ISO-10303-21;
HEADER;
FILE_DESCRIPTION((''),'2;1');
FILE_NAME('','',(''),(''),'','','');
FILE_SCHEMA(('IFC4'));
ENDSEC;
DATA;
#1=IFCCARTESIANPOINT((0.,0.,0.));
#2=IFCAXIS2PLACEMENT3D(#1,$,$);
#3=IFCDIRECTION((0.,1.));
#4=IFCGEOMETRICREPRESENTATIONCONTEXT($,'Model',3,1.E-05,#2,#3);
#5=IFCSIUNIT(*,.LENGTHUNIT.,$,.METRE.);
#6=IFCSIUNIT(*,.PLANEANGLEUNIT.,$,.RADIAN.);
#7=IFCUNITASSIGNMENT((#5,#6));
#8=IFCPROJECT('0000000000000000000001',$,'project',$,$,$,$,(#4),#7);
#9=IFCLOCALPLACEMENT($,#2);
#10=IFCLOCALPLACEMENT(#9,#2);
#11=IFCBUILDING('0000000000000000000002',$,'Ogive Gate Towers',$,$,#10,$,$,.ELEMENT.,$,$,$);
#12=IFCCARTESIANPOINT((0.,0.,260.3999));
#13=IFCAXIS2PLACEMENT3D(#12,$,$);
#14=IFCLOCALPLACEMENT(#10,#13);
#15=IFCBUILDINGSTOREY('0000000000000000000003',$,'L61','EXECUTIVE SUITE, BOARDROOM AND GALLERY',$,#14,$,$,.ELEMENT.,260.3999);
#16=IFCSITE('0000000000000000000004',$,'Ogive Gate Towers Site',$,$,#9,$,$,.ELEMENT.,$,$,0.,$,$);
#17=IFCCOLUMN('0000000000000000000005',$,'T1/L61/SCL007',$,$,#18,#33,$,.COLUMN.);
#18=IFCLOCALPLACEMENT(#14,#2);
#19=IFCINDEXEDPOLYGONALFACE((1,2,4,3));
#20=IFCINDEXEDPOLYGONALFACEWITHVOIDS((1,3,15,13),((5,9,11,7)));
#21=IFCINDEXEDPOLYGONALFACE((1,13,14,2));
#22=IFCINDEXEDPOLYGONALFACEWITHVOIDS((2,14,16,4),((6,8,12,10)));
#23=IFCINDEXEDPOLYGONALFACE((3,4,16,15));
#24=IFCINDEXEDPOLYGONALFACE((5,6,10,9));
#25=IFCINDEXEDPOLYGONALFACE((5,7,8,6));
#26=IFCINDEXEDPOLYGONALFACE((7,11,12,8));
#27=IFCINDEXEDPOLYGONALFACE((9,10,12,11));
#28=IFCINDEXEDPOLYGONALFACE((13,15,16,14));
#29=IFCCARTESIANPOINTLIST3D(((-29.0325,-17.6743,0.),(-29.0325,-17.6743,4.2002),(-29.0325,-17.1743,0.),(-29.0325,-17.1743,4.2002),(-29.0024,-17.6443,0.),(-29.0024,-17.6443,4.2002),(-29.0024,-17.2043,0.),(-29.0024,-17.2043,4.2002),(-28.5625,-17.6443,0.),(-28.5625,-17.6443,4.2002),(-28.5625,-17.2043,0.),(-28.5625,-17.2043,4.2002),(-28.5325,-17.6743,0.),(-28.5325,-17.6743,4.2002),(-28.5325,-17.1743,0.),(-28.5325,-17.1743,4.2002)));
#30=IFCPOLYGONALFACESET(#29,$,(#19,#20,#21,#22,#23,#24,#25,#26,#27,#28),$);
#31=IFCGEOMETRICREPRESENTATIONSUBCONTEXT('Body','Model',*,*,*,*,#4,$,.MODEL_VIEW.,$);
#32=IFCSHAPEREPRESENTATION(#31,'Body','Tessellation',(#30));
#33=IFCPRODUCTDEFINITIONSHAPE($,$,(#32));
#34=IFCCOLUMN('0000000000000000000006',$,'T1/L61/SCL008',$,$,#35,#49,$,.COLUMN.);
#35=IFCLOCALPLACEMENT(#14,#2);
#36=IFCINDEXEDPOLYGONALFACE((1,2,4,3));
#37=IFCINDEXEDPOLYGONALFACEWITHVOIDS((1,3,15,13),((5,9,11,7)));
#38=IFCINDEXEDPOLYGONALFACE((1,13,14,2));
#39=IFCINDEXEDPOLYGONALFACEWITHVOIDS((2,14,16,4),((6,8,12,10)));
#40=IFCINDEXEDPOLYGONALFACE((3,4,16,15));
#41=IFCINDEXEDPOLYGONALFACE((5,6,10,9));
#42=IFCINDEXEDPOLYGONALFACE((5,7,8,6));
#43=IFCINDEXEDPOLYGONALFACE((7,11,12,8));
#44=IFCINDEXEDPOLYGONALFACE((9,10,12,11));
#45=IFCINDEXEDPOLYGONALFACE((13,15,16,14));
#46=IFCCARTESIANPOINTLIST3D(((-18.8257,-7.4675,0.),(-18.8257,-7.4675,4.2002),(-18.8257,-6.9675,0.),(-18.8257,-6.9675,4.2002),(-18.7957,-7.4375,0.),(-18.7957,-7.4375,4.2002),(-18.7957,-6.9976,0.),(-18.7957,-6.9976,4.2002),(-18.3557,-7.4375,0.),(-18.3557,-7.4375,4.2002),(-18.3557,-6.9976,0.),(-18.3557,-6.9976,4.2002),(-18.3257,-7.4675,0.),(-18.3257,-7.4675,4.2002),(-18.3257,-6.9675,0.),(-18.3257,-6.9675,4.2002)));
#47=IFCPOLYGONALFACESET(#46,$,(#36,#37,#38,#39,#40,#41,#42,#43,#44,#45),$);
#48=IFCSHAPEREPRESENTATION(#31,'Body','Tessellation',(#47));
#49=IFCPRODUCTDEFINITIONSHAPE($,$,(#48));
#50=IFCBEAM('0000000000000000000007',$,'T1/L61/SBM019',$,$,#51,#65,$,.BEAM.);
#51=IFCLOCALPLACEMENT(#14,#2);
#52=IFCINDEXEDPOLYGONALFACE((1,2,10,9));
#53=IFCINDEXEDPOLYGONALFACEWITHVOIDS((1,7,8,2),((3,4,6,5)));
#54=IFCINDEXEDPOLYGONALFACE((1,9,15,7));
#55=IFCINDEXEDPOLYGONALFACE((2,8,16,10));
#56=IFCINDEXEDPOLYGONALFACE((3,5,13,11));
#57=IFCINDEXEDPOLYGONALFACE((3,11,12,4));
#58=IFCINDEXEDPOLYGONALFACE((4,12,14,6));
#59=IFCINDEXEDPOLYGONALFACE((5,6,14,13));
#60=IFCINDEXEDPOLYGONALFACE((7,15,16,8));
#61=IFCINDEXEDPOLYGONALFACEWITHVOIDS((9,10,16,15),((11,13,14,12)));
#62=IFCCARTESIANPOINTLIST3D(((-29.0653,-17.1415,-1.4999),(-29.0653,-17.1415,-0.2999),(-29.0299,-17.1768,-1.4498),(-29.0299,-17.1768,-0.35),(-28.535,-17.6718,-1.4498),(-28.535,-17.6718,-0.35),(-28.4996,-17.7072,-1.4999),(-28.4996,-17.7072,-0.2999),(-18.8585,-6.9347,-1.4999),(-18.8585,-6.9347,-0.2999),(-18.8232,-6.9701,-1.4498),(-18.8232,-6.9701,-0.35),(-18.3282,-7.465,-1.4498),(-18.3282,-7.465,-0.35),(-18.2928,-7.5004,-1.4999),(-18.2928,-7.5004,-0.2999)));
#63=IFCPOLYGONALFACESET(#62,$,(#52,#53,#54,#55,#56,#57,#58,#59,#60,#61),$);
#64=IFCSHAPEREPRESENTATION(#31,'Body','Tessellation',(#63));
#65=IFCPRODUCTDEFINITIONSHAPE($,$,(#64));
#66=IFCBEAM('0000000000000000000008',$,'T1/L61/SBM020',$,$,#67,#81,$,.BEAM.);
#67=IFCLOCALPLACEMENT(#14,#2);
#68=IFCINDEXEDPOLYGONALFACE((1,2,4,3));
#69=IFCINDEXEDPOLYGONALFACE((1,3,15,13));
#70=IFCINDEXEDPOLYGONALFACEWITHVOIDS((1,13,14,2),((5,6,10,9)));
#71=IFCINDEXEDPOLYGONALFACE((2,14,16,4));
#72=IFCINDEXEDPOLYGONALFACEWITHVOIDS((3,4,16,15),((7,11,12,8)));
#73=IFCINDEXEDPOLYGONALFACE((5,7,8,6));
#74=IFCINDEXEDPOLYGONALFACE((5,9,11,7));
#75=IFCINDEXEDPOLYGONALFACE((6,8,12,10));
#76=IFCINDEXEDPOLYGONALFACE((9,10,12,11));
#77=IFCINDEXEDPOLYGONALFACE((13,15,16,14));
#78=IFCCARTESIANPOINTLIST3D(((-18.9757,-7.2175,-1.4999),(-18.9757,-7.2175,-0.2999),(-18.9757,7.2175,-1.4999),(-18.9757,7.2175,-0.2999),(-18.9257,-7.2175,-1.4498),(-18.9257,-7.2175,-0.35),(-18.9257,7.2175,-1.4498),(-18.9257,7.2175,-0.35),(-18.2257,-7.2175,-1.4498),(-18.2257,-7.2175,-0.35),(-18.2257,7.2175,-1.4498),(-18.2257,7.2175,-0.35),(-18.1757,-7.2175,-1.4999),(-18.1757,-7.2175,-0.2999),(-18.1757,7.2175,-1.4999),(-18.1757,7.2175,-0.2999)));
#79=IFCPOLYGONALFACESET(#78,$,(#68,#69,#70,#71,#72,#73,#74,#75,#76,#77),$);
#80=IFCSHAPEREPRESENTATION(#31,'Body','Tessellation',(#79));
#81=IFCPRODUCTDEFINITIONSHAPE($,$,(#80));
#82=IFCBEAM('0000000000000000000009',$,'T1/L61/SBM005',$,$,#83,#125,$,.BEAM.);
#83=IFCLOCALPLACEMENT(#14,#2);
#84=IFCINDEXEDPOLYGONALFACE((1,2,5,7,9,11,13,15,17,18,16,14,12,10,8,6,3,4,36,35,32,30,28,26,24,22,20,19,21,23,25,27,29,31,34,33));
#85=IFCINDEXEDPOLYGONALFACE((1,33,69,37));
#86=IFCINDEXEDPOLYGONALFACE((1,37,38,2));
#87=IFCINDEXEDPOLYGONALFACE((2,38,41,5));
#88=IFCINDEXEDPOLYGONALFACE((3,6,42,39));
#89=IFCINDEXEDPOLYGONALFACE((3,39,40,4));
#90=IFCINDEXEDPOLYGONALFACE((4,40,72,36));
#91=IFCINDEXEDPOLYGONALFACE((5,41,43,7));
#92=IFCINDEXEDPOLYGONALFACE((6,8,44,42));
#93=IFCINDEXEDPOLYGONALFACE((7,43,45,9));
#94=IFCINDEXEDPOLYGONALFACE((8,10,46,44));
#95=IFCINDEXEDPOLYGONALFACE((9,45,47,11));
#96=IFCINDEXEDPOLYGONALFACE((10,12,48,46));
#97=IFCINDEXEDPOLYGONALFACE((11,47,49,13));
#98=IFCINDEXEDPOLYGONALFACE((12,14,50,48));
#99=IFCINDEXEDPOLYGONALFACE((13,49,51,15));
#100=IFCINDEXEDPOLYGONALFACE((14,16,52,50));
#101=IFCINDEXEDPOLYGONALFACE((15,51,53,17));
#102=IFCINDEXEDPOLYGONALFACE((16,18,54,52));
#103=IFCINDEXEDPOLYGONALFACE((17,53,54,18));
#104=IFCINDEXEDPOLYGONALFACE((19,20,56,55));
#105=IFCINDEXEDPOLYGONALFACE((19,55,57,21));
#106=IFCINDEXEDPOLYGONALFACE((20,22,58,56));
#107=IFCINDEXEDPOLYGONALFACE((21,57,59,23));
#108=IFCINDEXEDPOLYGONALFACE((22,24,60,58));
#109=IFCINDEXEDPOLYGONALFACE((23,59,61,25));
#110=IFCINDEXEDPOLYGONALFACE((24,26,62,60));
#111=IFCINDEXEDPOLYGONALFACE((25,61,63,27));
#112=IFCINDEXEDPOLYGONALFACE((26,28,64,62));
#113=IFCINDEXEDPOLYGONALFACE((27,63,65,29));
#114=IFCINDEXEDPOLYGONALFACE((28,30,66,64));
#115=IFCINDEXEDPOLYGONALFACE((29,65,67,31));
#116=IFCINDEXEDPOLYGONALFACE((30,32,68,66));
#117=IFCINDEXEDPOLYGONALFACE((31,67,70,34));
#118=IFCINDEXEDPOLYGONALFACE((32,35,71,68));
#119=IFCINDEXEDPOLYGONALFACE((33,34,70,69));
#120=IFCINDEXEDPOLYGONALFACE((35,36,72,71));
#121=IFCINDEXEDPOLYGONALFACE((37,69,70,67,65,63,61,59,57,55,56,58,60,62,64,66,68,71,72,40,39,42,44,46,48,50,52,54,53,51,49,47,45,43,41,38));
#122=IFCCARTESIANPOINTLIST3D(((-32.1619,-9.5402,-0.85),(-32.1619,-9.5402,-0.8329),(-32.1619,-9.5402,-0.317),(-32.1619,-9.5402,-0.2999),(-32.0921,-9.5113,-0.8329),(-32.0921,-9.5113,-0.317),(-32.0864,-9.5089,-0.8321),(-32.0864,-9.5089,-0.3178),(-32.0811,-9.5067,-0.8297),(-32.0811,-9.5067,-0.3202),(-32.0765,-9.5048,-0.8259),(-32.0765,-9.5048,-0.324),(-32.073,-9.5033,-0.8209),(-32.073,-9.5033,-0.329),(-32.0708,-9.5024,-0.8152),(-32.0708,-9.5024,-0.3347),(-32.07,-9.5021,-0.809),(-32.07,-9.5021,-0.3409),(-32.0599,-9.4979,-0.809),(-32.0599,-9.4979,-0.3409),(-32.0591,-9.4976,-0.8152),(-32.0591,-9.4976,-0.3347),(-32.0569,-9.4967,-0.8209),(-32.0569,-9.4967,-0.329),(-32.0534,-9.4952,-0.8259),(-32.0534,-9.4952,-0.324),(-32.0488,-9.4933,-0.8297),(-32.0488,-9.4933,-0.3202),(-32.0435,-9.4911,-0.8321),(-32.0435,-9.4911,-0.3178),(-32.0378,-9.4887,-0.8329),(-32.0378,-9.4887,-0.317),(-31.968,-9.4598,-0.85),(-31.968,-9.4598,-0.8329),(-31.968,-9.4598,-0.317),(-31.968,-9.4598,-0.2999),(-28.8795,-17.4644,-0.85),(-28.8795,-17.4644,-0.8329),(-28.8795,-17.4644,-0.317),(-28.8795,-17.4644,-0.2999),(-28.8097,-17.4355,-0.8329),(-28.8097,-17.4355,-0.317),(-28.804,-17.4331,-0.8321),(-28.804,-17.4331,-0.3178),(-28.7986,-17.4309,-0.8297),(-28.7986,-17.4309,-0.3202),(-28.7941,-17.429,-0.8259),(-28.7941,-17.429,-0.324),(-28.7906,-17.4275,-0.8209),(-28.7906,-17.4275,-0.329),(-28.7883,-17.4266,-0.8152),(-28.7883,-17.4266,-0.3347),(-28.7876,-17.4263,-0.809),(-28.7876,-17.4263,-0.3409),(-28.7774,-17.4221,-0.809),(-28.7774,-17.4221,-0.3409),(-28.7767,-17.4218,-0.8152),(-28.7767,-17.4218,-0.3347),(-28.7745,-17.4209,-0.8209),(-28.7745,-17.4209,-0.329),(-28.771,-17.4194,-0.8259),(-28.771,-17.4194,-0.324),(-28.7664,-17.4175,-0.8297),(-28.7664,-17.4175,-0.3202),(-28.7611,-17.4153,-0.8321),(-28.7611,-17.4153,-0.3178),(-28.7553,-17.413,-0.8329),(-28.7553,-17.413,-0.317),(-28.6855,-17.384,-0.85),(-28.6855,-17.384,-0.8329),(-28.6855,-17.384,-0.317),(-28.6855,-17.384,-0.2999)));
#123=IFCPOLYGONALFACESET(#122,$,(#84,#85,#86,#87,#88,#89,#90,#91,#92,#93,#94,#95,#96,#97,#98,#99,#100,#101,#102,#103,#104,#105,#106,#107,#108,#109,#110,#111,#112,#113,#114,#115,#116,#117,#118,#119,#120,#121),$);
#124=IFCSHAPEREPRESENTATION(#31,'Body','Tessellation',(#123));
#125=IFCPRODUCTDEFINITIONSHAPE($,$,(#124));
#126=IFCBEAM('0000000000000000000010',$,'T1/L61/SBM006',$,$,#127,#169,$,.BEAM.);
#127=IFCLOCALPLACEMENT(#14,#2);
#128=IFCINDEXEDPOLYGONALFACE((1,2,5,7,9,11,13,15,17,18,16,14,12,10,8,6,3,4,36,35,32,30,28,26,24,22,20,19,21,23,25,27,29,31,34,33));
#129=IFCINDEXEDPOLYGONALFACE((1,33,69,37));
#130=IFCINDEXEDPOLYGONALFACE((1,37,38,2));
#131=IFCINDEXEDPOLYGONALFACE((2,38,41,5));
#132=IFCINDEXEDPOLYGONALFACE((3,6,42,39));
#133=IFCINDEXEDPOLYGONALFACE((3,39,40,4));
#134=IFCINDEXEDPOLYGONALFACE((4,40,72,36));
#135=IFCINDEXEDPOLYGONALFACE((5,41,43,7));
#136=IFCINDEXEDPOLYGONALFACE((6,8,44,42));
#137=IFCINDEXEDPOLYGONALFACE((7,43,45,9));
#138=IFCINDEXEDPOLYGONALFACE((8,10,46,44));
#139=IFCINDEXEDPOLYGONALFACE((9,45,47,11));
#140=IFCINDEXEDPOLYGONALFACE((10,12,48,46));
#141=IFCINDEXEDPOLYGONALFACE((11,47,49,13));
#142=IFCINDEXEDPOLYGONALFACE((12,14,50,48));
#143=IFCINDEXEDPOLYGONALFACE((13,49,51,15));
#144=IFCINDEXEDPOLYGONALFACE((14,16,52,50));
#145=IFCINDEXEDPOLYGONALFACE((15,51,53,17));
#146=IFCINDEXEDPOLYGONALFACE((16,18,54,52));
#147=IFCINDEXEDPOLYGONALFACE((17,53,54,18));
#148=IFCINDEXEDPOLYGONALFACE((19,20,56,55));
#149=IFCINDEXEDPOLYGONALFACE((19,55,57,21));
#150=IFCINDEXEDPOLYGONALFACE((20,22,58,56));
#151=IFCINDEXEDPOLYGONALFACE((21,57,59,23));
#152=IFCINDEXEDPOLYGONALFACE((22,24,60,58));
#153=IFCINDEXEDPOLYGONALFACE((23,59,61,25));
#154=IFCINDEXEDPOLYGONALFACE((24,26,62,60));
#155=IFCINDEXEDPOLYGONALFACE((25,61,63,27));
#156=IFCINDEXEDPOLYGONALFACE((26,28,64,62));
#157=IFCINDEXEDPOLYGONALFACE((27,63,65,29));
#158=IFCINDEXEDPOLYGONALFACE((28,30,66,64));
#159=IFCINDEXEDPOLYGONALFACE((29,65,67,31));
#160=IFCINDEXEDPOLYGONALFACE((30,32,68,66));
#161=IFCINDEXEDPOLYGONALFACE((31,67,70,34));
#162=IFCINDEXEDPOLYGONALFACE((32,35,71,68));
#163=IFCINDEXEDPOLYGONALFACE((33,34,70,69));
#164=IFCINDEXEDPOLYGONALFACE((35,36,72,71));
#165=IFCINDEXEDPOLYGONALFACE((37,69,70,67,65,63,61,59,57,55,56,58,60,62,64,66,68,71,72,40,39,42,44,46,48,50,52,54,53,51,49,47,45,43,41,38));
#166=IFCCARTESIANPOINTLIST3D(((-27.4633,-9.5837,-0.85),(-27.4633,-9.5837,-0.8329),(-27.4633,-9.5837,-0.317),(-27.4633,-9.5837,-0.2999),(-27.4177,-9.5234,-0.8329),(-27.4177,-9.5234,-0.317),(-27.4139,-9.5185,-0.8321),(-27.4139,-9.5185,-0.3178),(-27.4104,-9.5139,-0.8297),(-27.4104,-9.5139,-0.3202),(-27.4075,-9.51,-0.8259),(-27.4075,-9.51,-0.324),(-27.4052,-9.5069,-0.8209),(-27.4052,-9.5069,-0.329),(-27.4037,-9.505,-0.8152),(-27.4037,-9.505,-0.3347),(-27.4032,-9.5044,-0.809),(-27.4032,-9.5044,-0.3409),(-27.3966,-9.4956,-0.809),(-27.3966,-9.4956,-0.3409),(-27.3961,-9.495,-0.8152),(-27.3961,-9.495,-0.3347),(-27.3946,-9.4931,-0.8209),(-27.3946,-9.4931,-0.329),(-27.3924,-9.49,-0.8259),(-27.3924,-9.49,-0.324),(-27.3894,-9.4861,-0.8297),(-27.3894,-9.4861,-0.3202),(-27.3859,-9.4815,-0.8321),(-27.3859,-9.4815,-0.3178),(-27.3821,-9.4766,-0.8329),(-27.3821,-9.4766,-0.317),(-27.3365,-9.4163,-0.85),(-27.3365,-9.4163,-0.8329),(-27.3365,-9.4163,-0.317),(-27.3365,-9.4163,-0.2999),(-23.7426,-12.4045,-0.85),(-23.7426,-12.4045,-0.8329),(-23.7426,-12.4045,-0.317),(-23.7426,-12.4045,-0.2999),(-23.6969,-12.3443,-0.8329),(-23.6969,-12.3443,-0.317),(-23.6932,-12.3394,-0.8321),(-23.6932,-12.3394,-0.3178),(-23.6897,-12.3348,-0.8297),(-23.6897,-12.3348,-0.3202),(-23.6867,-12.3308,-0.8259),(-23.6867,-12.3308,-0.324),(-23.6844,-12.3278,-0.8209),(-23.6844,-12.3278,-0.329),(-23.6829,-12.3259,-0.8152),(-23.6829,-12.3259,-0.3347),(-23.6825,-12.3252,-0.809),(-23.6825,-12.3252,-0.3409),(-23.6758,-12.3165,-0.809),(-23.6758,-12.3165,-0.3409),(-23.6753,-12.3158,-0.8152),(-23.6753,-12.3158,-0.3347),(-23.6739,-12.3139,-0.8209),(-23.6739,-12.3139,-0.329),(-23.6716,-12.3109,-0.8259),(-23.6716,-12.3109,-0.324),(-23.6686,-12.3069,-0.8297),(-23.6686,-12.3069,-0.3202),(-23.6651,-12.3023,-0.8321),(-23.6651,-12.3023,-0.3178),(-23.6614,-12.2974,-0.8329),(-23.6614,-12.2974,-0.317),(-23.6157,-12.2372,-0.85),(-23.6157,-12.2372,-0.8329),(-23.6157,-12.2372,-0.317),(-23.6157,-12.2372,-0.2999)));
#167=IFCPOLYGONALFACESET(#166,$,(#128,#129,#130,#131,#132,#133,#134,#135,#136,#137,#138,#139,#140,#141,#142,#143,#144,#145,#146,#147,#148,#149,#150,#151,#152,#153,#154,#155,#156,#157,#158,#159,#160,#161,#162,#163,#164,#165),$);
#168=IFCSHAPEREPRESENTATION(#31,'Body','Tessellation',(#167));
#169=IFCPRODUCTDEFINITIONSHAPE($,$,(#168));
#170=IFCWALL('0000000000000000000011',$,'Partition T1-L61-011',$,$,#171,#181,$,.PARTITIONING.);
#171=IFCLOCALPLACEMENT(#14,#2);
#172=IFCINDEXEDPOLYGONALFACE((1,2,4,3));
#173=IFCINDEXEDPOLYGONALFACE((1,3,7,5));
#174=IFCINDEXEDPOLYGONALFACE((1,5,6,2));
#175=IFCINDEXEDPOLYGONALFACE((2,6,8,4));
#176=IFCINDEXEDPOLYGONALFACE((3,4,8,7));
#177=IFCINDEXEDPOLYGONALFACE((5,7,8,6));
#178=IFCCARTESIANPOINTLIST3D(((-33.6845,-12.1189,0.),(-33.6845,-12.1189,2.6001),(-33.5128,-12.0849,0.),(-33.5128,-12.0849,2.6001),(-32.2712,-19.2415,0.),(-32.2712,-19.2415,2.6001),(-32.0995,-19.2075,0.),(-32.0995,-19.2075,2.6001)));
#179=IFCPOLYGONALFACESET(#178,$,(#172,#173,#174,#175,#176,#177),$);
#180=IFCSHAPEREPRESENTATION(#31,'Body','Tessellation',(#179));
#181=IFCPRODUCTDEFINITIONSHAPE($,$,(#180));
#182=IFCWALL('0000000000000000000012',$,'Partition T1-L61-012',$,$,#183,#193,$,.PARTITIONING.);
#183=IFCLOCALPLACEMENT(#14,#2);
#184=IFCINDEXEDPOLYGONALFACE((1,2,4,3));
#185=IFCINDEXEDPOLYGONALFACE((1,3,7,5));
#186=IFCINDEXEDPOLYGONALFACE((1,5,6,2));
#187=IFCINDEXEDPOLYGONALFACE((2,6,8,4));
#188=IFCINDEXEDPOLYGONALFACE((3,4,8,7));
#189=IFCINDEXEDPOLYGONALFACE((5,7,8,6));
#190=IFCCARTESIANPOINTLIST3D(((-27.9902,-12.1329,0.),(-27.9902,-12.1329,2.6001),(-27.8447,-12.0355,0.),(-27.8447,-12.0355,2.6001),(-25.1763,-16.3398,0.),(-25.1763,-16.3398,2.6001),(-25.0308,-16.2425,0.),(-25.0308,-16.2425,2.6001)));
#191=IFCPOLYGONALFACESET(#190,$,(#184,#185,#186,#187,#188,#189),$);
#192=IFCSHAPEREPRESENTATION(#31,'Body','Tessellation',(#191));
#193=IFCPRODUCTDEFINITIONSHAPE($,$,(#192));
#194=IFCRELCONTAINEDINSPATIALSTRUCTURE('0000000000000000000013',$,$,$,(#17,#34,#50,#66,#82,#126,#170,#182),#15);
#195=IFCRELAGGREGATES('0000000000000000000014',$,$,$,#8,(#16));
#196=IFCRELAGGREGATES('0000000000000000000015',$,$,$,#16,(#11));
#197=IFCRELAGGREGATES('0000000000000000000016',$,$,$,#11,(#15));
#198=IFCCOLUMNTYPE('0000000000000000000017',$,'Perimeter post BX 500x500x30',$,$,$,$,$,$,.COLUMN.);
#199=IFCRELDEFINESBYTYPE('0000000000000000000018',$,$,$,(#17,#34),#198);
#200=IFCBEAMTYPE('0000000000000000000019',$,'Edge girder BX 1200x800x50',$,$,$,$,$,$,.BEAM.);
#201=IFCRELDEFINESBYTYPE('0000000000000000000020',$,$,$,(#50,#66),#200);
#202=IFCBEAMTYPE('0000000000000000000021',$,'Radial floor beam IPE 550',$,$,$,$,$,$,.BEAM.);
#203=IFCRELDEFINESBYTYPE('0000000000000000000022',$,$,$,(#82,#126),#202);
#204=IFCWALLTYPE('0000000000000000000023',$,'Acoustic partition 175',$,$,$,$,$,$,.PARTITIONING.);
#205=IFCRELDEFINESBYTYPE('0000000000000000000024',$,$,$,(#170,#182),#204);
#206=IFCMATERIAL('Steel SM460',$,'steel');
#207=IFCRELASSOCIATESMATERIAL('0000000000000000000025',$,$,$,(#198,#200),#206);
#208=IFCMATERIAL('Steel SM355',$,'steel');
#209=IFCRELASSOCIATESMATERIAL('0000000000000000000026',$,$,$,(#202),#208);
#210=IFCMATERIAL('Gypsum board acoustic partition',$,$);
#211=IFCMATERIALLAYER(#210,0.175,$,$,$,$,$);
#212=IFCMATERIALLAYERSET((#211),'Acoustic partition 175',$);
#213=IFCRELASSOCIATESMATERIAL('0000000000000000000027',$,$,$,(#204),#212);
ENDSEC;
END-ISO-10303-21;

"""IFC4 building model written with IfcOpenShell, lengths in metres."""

from ifc_helpers import new_model, si_unit, direction, frame, frame_2d, origin, origin_2d, place, context, subcontext, project, spatial, rectangle, hollow_rectangle, i_section, extrude, material, layer, layer_set, material_profile, profile_set, type_object, element, save


model = new_model("IFC4")

# Units and contexts
model_context = context("Model", 3, precision=1e-05, world=origin(), true_north=direction((0.0, 1.0)))
body_context = subcontext(model_context, "Body", "Model", "MODEL_VIEW")
ifc_project = project(units=[si_unit("LENGTHUNIT", "METRE"), si_unit("PLANEANGLEUNIT", "RADIAN")], contexts=[model_context])

# Site, building, storey
site_placement = place(None, origin())
site = spatial("IfcSite", under=ifc_project, at=site_placement, Name="Ogive Gate Towers Site", CompositionType="ELEMENT", RefElevation=0.0)
building_placement = place(site_placement, origin())
building = spatial("IfcBuilding", under=site, at=building_placement, Name="Ogive Gate Towers", CompositionType="ELEMENT")
storey_placement = place(building_placement, frame((0.0, 0.0, 260.3999)))
storey = spatial("IfcBuildingStorey", under=building, at=storey_placement, Name="L61", Description="EXECUTIVE SUITE, BOARDROOM AND GALLERY", CompositionType="ELEMENT", Elevation=260.3999)

# Columns
ifc_material_1 = material(Name="Steel SM460", Category="steel")
ifc_material_profile_1 = material_profile(ifc_material_1, hollow_rectangle(XDim=0.5, YDim=0.5, WallThickness=0.03, at=origin_2d()), Name="BX 500x500x30")
ifc_profile_set_1 = profile_set([ifc_material_profile_1], Name="Steel SM460")
column_type = type_object("IfcColumnType", Name="Perimeter post BX 500x500x30", PredefinedType="COLUMN", material=ifc_profile_set_1)
for number, where, z_axis, x_axis, name in (
    (1, (-28.7825, -17.4243, 0.0), (0.0, 0.0, 1.0), (1.0, 0.0, 0.0), "T1/L61/SCL007"),
    (2, (-18.5757, -7.2175, 0.0), (0.0, 0.0, 1.0), (1.0, 0.0, 0.0), "T1/L61/SCL008"),
):
    element("IfcColumn", number, at=place(storey_placement, frame(where, z_axis=z_axis, x_axis=x_axis)), inside=storey, type_object=column_type, Name=name, PredefinedType="COLUMN", context=body_context, shape_type="SweptSolid", body=[
        extrude(hollow_rectangle(XDim=0.5, YDim=0.5, WallThickness=0.03, at=origin_2d()), origin(), (0.0, 0.0, 1.0), 4.2002),
    ])

# Beams
ifc_material_profile_2 = material_profile(ifc_material_1, hollow_rectangle(XDim=0.8, YDim=1.2, WallThickness=0.05, at=origin_2d()), Name="BX 1200x800x50")
ifc_profile_set_2 = profile_set([ifc_material_profile_2], Name="Steel SM460")
beam_type_1 = type_object("IfcBeamType", Name="Edge girder BX 1200x800x50", PredefinedType="BEAM", material=ifc_profile_set_2)
beam_1_placement = place(storey_placement, frame((-28.7825, -17.4243, -0.8999), z_axis=(0.707107, 0.707107, 0.0), x_axis=(-0.707107, 0.707107, 0.0)))
element("IfcBeam", 3, at=beam_1_placement, inside=storey, type_object=beam_type_1, Name="T1/L61/SBM019", PredefinedType="BEAM", context=body_context, shape_type="SweptSolid", body=[
    extrude(hollow_rectangle(XDim=0.8, YDim=1.2, WallThickness=0.05, at=origin_2d()), origin(), (0.0, 0.0, 1.0), 14.4346),
])
beam_2_placement = place(storey_placement, frame((-18.5757, -7.2175, -0.8999), z_axis=(0.0, 1.0, 0.0), x_axis=(-1.0, 0.0, 0.0)))
element("IfcBeam", 4, at=beam_2_placement, inside=storey, type_object=beam_type_1, Name="T1/L61/SBM020", PredefinedType="BEAM", context=body_context, shape_type="SweptSolid", body=[
    extrude(hollow_rectangle(XDim=0.8, YDim=1.2, WallThickness=0.05, at=origin_2d()), origin(), (0.0, 0.0, 1.0), 14.4351),
])
ifc_material_2 = material(Name="Steel SM355", Category="steel")
ifc_material_profile_3 = material_profile(ifc_material_2, i_section(OverallWidth=0.21, OverallDepth=0.55, WebThickness=0.011, FlangeThickness=0.0171, FilletRadius=0.0239, at=origin_2d()), Name="IPE 550")
ifc_profile_set_3 = profile_set([ifc_material_profile_3], Name="Steel SM355")
beam_type_2 = type_object("IfcBeamType", Name="Radial floor beam IPE 550", PredefinedType="BEAM", material=ifc_profile_set_3)
beam_3_placement = place(storey_placement, frame((-32.0649, -9.5, -0.575), z_axis=(0.382695, -0.923875, 0.0), x_axis=(0.923875, 0.382695, 0.0)))
element("IfcBeam", 5, at=beam_3_placement, inside=storey, type_object=beam_type_2, Name="T1/L61/SBM005", PredefinedType="BEAM", context=body_context, shape_type="SweptSolid", body=[
    extrude(i_section(OverallWidth=0.21, OverallDepth=0.55, WebThickness=0.011, FlangeThickness=0.0171, FilletRadius=0.0239, at=origin_2d()), origin(), (0.0, 0.0, 1.0), 8.5771),
])
beam_4_placement = place(storey_placement, frame((-27.3999, -9.5, -0.575), z_axis=(0.796877, -0.604142, 0.0), x_axis=(0.604142, 0.796877, 0.0)))
element("IfcBeam", 6, at=beam_4_placement, inside=storey, type_object=beam_type_2, Name="T1/L61/SBM006", PredefinedType="BEAM", context=body_context, shape_type="SweptSolid", body=[
    extrude(i_section(OverallWidth=0.21, OverallDepth=0.55, WebThickness=0.011, FlangeThickness=0.0171, FilletRadius=0.0239, at=origin_2d()), origin(), (0.0, 0.0, 1.0), 4.6692),
])

# Walls
ifc_material_3 = material(Name="Gypsum board acoustic partition")
ifc_layer_1 = layer(ifc_material_3, 0.175)
ifc_layer_set_1 = layer_set([ifc_layer_1], Name="Acoustic partition 175")
wall_type_1 = type_object("IfcWallType", Name="Acoustic partition 175", PredefinedType="PARTITIONING", material=ifc_layer_set_1)
wall_1_placement = place(storey_placement, frame((-32.1853, -19.2246, 0.0), z_axis=(0.0, 0.0, 1.0), x_axis=(-0.194635, 0.980876, 0.0)))
element("IfcWall", 7, at=wall_1_placement, inside=storey, type_object=wall_type_1, Name="Partition T1-L61-011", PredefinedType="PARTITIONING", context=body_context, shape_type="SweptSolid", body=[
    extrude(rectangle(XDim=7.2615, YDim=0.175, at=frame_2d((3.6309, 0.0))), origin(), (0.0, 0.0, 1.0), 2.6001),
])
for number, where, z_axis, x_axis, name in (
    (8, (-25.1035, -16.2913, 0.0), (0.0, 0.0, 1.0), (-0.555969, 0.831203, 0.0), "Partition T1-L61-012"),
):
    element("IfcWall", number, at=place(storey_placement, frame(where, z_axis=z_axis, x_axis=x_axis)), inside=storey, type_object=wall_type_1, Name=name, PredefinedType="PARTITIONING", context=body_context, shape_type="SweptSolid", body=[
        extrude(rectangle(XDim=5.0613, YDim=0.175, at=frame_2d((2.5308, 0.0))), origin(), (0.0, 0.0, 1.0), 2.6001),
    ])

save(model, "model.ifc")
